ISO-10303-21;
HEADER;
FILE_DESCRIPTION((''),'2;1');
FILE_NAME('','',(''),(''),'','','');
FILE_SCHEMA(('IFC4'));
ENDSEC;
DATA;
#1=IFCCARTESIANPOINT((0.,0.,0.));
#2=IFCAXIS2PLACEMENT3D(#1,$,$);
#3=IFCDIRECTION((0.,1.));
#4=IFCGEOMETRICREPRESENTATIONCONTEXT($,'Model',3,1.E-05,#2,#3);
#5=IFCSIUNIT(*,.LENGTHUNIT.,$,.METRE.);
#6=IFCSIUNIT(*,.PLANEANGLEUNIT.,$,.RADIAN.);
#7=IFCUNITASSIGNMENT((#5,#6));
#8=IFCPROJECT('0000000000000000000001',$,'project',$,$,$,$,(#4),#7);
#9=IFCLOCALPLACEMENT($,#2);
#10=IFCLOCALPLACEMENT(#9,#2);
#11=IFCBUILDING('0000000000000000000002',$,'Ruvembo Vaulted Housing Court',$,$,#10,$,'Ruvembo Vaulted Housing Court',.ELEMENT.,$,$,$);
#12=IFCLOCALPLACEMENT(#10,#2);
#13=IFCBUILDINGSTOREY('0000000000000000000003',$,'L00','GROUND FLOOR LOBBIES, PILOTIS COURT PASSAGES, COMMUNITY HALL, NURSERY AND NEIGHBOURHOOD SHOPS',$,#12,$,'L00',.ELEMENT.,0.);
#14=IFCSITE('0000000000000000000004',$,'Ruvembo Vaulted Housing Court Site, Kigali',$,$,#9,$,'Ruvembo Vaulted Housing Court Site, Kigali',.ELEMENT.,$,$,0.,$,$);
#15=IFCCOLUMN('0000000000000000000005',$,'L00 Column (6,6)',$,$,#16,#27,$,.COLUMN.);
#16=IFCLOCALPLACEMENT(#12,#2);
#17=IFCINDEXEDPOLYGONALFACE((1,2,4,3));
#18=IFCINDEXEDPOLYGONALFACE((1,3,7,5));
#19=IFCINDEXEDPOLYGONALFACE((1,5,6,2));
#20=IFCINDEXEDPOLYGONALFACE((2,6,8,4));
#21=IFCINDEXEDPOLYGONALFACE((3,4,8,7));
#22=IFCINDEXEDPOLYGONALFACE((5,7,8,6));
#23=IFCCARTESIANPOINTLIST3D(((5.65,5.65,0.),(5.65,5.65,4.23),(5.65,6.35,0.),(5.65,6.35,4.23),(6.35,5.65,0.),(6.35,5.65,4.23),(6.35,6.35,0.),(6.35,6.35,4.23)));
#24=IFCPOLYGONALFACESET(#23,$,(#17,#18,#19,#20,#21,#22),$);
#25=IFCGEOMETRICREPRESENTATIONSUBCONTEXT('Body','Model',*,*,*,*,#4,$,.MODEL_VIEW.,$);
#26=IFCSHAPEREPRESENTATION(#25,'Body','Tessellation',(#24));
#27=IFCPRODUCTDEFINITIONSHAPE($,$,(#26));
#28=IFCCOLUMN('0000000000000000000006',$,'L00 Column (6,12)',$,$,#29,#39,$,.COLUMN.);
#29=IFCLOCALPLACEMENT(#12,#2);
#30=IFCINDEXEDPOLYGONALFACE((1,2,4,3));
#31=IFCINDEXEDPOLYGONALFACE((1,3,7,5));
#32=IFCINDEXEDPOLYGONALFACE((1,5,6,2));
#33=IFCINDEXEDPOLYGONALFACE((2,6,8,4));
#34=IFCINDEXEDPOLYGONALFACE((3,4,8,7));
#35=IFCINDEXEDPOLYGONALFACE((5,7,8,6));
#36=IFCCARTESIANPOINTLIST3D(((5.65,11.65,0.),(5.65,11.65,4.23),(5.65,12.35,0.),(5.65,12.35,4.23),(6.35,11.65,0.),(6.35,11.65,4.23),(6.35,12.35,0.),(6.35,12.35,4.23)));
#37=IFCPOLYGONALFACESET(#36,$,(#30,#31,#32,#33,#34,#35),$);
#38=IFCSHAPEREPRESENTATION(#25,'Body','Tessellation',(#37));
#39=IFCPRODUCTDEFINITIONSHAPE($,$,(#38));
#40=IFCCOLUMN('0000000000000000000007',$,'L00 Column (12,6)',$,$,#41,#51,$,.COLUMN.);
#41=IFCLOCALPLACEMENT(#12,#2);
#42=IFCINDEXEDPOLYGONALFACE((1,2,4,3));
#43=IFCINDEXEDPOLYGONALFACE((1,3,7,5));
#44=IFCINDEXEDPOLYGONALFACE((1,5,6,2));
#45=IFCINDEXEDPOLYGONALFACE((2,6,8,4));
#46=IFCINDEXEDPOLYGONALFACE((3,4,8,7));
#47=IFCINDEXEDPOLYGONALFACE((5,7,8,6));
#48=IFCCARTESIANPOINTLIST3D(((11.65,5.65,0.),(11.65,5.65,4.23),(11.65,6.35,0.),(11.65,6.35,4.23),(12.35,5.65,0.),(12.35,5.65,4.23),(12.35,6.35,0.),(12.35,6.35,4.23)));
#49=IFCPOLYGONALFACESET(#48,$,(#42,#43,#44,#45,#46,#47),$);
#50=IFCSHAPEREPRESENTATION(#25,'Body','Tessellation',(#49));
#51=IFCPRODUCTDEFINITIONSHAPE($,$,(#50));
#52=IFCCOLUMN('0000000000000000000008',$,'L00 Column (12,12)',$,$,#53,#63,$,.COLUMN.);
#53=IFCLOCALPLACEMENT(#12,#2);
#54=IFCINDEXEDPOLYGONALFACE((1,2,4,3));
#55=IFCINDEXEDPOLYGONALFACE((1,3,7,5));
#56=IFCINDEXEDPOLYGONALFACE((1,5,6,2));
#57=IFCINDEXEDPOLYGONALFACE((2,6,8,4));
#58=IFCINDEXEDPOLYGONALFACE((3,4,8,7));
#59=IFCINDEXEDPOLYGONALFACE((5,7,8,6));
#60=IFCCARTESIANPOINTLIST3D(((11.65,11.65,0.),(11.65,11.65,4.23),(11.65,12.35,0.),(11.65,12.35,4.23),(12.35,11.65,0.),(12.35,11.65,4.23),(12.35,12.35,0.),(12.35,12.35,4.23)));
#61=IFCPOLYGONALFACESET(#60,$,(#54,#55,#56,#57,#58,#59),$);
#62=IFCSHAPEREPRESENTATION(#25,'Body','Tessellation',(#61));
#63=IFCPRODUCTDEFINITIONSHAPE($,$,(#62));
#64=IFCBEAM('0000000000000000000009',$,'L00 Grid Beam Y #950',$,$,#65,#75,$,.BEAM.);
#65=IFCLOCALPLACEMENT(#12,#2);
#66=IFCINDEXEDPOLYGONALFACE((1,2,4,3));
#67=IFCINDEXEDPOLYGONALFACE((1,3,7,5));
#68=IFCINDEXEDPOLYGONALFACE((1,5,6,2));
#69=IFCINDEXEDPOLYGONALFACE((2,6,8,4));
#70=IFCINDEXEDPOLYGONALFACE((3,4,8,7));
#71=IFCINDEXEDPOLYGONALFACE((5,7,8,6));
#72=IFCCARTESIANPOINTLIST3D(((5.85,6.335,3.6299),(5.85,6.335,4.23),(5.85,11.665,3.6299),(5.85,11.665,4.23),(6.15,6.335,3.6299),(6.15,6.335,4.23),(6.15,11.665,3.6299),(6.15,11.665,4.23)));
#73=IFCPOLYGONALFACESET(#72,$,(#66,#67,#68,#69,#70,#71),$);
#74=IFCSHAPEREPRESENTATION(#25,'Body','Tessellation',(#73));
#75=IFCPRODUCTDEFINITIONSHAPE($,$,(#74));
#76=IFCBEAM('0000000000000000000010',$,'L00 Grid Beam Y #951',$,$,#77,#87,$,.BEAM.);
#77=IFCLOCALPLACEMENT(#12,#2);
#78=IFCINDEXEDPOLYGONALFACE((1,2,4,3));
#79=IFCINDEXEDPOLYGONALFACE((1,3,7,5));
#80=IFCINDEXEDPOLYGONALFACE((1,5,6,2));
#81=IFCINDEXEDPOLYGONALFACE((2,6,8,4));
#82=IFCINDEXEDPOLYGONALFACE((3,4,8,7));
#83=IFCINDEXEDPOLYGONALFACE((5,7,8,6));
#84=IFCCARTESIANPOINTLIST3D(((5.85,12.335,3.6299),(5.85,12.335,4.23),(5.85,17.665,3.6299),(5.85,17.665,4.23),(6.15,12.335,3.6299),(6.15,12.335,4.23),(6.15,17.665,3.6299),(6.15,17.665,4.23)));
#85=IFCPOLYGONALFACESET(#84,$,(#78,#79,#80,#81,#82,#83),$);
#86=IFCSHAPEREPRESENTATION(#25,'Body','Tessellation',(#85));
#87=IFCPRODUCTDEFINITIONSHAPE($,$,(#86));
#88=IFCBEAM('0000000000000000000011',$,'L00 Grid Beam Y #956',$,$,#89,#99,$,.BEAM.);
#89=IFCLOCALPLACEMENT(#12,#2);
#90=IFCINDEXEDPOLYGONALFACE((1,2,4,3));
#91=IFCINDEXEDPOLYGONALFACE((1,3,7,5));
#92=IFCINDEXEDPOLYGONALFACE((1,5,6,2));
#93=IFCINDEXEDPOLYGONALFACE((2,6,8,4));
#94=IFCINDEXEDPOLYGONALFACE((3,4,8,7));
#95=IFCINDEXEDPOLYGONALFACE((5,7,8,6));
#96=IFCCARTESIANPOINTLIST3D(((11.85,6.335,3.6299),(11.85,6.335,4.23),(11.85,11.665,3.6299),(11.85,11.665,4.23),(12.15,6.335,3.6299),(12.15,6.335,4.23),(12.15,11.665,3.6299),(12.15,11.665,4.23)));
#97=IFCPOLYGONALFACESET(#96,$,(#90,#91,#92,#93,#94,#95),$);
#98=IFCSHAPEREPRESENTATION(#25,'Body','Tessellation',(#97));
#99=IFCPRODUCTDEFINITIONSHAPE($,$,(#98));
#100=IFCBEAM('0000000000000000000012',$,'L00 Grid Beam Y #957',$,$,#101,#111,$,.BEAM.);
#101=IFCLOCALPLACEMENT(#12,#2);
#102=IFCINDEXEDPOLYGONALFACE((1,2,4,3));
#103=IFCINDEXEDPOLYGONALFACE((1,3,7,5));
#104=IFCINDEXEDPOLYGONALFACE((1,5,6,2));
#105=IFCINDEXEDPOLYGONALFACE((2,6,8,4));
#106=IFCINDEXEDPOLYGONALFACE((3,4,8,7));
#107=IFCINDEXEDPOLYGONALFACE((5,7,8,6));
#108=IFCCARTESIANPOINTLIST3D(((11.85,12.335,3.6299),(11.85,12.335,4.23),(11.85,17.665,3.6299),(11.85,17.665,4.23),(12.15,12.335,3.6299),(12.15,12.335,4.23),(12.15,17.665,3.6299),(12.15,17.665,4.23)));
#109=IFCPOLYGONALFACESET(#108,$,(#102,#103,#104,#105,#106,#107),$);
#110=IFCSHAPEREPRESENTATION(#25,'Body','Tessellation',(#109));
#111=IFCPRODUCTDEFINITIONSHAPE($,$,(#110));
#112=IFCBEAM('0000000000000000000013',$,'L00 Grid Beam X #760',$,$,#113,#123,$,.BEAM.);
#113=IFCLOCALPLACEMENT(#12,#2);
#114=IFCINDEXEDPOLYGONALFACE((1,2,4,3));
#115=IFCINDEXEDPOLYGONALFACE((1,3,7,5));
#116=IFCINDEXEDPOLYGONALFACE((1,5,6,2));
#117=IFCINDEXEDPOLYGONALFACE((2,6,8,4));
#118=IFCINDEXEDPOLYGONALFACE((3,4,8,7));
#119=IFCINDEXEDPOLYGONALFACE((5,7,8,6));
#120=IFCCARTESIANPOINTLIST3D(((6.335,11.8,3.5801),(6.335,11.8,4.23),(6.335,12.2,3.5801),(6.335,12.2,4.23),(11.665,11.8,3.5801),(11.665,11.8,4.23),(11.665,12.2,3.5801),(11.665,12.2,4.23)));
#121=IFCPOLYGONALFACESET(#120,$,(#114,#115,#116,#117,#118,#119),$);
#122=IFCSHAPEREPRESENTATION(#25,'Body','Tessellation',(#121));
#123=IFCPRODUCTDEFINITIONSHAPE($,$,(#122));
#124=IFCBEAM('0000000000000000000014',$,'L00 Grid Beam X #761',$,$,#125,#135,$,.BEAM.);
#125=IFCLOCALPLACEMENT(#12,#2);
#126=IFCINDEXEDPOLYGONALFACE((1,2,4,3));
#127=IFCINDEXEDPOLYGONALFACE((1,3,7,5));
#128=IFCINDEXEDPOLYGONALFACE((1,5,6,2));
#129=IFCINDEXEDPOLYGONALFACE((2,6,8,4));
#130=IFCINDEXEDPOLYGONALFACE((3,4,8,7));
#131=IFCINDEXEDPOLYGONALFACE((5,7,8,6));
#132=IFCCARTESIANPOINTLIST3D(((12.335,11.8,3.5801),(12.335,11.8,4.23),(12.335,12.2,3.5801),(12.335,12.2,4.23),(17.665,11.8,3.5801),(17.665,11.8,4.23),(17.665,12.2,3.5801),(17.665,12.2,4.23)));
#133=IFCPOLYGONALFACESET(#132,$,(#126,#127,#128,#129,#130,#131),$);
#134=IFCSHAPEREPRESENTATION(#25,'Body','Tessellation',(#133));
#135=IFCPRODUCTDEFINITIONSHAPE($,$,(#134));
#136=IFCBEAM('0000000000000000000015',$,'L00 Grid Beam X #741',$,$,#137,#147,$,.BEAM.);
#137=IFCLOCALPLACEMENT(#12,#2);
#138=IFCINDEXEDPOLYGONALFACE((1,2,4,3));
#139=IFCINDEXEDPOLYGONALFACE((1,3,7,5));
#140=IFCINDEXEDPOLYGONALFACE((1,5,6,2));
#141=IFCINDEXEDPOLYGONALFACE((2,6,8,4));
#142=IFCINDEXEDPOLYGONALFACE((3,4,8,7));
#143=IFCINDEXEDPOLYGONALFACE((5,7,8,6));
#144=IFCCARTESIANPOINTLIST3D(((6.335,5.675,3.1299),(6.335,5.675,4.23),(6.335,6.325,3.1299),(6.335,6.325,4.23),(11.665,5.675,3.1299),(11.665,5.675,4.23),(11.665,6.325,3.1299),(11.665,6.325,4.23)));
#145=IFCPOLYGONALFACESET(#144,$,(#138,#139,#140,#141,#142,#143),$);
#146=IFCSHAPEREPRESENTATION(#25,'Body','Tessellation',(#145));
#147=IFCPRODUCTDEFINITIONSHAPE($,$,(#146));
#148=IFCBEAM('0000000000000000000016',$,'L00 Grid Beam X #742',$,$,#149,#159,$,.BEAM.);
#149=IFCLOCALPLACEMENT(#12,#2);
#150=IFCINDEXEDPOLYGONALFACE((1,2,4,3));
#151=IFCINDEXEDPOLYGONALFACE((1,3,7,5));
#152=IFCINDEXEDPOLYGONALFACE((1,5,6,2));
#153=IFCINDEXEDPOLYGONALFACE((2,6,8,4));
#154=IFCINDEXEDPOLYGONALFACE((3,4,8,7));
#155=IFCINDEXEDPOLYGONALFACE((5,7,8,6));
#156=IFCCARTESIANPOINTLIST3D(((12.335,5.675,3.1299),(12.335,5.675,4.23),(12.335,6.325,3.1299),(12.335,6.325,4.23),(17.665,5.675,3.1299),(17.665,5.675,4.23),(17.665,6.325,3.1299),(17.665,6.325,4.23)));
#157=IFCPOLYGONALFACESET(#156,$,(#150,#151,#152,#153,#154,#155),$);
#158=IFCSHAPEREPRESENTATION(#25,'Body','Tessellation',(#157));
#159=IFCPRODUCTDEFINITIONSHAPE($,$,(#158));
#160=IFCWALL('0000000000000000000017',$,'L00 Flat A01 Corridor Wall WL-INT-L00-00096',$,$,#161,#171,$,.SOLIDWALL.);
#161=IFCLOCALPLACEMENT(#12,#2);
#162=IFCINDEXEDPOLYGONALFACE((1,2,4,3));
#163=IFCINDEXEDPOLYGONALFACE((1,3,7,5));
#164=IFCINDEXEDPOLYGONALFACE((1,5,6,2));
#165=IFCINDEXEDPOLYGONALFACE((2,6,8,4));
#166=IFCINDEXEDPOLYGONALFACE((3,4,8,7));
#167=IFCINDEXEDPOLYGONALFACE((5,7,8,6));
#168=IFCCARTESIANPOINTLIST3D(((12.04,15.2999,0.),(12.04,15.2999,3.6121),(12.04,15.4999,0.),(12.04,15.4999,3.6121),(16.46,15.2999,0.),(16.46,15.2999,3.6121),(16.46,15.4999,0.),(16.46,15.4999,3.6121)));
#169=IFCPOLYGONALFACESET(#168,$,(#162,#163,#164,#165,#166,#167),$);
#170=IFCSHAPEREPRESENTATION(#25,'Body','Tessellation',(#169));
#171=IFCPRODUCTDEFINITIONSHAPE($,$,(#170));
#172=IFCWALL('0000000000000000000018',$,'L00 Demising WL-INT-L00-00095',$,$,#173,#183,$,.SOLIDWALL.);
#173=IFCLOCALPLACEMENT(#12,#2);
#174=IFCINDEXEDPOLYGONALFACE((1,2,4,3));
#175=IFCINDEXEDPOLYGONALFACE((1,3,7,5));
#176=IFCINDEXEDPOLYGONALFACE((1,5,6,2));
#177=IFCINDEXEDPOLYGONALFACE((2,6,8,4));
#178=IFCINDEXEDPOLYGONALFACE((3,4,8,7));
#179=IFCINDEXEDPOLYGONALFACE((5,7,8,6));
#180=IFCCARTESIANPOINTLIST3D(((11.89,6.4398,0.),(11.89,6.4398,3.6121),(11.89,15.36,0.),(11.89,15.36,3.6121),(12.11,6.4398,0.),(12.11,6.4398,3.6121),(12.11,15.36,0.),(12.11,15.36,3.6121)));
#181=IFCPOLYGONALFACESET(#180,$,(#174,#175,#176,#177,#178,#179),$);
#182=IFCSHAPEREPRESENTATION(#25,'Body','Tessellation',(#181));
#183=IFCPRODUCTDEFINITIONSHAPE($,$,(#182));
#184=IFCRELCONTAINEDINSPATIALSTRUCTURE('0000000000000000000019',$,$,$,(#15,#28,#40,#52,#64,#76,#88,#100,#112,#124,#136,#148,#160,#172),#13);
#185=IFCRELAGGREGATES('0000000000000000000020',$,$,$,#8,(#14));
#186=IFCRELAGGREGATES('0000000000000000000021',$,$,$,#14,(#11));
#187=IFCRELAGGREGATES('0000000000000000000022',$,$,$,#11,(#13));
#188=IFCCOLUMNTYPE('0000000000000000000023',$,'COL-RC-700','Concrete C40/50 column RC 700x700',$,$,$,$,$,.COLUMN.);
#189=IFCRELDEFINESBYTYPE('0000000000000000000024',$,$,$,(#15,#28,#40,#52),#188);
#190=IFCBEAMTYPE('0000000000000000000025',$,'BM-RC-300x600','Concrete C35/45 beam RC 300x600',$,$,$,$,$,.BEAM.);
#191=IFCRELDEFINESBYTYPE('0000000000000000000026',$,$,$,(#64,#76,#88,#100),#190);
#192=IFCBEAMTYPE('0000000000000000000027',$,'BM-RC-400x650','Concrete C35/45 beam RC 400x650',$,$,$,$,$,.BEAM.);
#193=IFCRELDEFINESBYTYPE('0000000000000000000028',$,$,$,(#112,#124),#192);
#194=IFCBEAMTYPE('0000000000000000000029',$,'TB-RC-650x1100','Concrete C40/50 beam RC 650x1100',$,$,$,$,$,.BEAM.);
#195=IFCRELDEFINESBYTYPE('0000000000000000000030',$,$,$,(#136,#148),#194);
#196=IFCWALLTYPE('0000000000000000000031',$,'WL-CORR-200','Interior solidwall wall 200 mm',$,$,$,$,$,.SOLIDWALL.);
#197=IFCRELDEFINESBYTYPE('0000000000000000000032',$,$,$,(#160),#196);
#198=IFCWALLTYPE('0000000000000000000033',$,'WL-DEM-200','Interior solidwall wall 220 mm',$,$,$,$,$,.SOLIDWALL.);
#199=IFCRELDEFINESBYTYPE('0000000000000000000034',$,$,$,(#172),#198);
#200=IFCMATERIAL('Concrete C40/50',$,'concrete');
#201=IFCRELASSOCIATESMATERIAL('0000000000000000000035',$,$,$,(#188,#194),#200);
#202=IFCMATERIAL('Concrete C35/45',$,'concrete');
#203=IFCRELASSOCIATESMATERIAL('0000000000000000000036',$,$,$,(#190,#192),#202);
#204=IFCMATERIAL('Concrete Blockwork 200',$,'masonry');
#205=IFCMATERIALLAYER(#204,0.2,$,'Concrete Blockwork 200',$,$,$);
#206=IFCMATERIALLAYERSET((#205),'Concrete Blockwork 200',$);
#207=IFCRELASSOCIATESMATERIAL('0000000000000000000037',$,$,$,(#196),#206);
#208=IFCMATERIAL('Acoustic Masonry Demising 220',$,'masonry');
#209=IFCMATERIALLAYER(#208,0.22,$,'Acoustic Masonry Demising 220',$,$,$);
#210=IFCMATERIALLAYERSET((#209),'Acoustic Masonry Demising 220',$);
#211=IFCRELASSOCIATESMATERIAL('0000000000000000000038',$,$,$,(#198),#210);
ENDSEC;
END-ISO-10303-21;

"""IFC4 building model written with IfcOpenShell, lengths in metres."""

from ifc_helpers import new_model, si_unit, direction, frame, frame_2d, origin, origin_2d, place, context, subcontext, project, spatial, rectangle, extrude, material, layer, layer_set, material_profile, profile_set, type_object, element, save


model = new_model("IFC4")

# Units and contexts
model_context = context("Model", 3, precision=1e-05, world=origin(), true_north=direction((0.0, 1.0)))
body_context = subcontext(model_context, "Body", "Model", "MODEL_VIEW")
ifc_project = project(units=[si_unit("LENGTHUNIT", "METRE"), si_unit("PLANEANGLEUNIT", "RADIAN")], contexts=[model_context])

# Site, building, storey
site_placement = place(None, origin())
site = spatial("IfcSite", under=ifc_project, at=site_placement, Name="Ruvembo Vaulted Housing Court Site, Kigali", LongName="Ruvembo Vaulted Housing Court Site, Kigali", CompositionType="ELEMENT", RefElevation=0.0)
building_placement = place(site_placement, origin())
building = spatial("IfcBuilding", under=site, at=building_placement, Name="Ruvembo Vaulted Housing Court", LongName="Ruvembo Vaulted Housing Court", CompositionType="ELEMENT")
storey_placement = place(building_placement, origin())
storey = spatial("IfcBuildingStorey", under=building, at=storey_placement, Name="L00", Description="GROUND FLOOR LOBBIES, PILOTIS COURT PASSAGES, COMMUNITY HALL, NURSERY AND NEIGHBOURHOOD SHOPS", LongName="L00", CompositionType="ELEMENT", Elevation=0.0)

# Columns
ifc_material_1 = material(Name="Concrete C40/50", Category="concrete")
ifc_material_profile_1 = material_profile(ifc_material_1, rectangle(XDim=0.7, YDim=0.7, at=origin_2d()), Name="RC 700x700")
ifc_profile_set_1 = profile_set([ifc_material_profile_1], Name="Concrete C40/50")
column_type = type_object("IfcColumnType", Name="COL-RC-700", Description="Concrete C40/50 column RC 700x700", PredefinedType="COLUMN", material=ifc_profile_set_1)
for number, where, z_axis, x_axis, name in (
    (1, (6.0, 6.0, 0.0), (0.0, 0.0, 1.0), (1.0, 0.0, 0.0), "L00 Column (6,6)"),
    (2, (6.0, 12.0, 0.0), (0.0, 0.0, 1.0), (1.0, 0.0, 0.0), "L00 Column (6,12)"),
    (3, (12.0, 6.0, 0.0), (0.0, 0.0, 1.0), (1.0, 0.0, 0.0), "L00 Column (12,6)"),
    (4, (12.0, 12.0, 0.0), (0.0, 0.0, 1.0), (1.0, 0.0, 0.0), "L00 Column (12,12)"),
):
    element("IfcColumn", number, at=place(storey_placement, frame(where, z_axis=z_axis, x_axis=x_axis)), inside=storey, type_object=column_type, Name=name, PredefinedType="COLUMN", context=body_context, shape_type="SweptSolid", body=[
        extrude(rectangle(XDim=0.7, YDim=0.7, at=origin_2d()), origin(), (0.0, 0.0, 1.0), 4.23),
    ])

# Beams
ifc_material_2 = material(Name="Concrete C35/45", Category="concrete")
ifc_material_profile_2 = material_profile(ifc_material_2, rectangle(XDim=0.3, YDim=0.6001, at=origin_2d()), Name="RC 300x600")
ifc_profile_set_2 = profile_set([ifc_material_profile_2], Name="Concrete C35/45")
beam_type_1 = type_object("IfcBeamType", Name="BM-RC-300x600", Description="Concrete C35/45 beam RC 300x600", PredefinedType="BEAM", material=ifc_profile_set_2)
for number, where, z_axis, x_axis, name in (
    (5, (6.0, 6.335, 3.9299), (0.0, 1.0, 0.0), (-1.0, 0.0, 0.0), "L00 Grid Beam Y #950"),
    (6, (6.0, 12.335, 3.9299), (0.0, 1.0, 0.0), (-1.0, 0.0, 0.0), "L00 Grid Beam Y #951"),
    (7, (12.0, 6.335, 3.9299), (0.0, 1.0, 0.0), (-1.0, 0.0, 0.0), "L00 Grid Beam Y #956"),
    (8, (12.0, 12.335, 3.9299), (0.0, 1.0, 0.0), (-1.0, 0.0, 0.0), "L00 Grid Beam Y #957"),
):
    element("IfcBeam", number, at=place(storey_placement, frame(where, z_axis=z_axis, x_axis=x_axis)), inside=storey, type_object=beam_type_1, Name=name, PredefinedType="BEAM", context=body_context, shape_type="SweptSolid", body=[
        extrude(rectangle(XDim=0.3, YDim=0.6001, at=origin_2d()), origin(), (0.0, 0.0, 1.0), 5.3301),
    ])
ifc_material_profile_3 = material_profile(ifc_material_2, rectangle(XDim=0.3999, YDim=0.6499, at=origin_2d()), Name="RC 400x650")
ifc_profile_set_3 = profile_set([ifc_material_profile_3], Name="Concrete C35/45")
beam_type_2 = type_object("IfcBeamType", Name="BM-RC-400x650", Description="Concrete C35/45 beam RC 400x650", PredefinedType="BEAM", material=ifc_profile_set_3)
for number, where, z_axis, x_axis, name in (
    (9, (6.335, 12.0, 3.905), (1.0, 0.0, 0.0), (0.0, 1.0, 0.0), "L00 Grid Beam X #760"),
    (10, (12.335, 12.0, 3.905), (1.0, 0.0, 0.0), (0.0, 1.0, 0.0), "L00 Grid Beam X #761"),
):
    element("IfcBeam", number, at=place(storey_placement, frame(where, z_axis=z_axis, x_axis=x_axis)), inside=storey, type_object=beam_type_2, Name=name, PredefinedType="BEAM", context=body_context, shape_type="SweptSolid", body=[
        extrude(rectangle(XDim=0.3999, YDim=0.6499, at=origin_2d()), origin(), (0.0, 0.0, 1.0), 5.3301),
    ])
ifc_material_profile_4 = material_profile(ifc_material_1, rectangle(XDim=0.6499, YDim=1.1001, at=origin_2d()), Name="RC 650x1100")
ifc_profile_set_4 = profile_set([ifc_material_profile_4], Name="Concrete C40/50")
beam_type_3 = type_object("IfcBeamType", Name="TB-RC-650x1100", Description="Concrete C40/50 beam RC 650x1100", PredefinedType="BEAM", material=ifc_profile_set_4)
for number, where, z_axis, x_axis, name in (
    (11, (6.335, 6.0, 3.6799), (1.0, 0.0, 0.0), (0.0, 1.0, 0.0), "L00 Grid Beam X #741"),
    (12, (12.335, 6.0, 3.6799), (1.0, 0.0, 0.0), (0.0, 1.0, 0.0), "L00 Grid Beam X #742"),
):
    element("IfcBeam", number, at=place(storey_placement, frame(where, z_axis=z_axis, x_axis=x_axis)), inside=storey, type_object=beam_type_3, Name=name, PredefinedType="BEAM", context=body_context, shape_type="SweptSolid", body=[
        extrude(rectangle(XDim=0.6499, YDim=1.1001, at=origin_2d()), origin(), (0.0, 0.0, 1.0), 5.3301),
    ])

# Walls
ifc_material_3 = material(Name="Concrete Blockwork 200", Category="masonry")
ifc_layer_1 = layer(ifc_material_3, 0.2, Name="Concrete Blockwork 200")
ifc_layer_set_1 = layer_set([ifc_layer_1], Name="Concrete Blockwork 200")
wall_type_1 = type_object("IfcWallType", Name="WL-CORR-200", Description="Interior solidwall wall 200 mm", PredefinedType="SOLIDWALL", material=ifc_layer_set_1)
wall_1_placement = place(storey_placement, frame((12.04, 15.3999, 0.0), z_axis=(0.0, 0.0, 1.0), x_axis=(1.0, 0.0, 0.0)))
element("IfcWall", 13, at=wall_1_placement, inside=storey, type_object=wall_type_1, Name="L00 Flat A01 Corridor Wall WL-INT-L00-00096", PredefinedType="SOLIDWALL", context=body_context, shape_type="SweptSolid", body=[
    extrude(rectangle(XDim=4.4199, YDim=0.2, at=frame_2d((2.21, 0.0))), origin(), (0.0, 0.0, 1.0), 3.6121),
])
ifc_material_4 = material(Name="Acoustic Masonry Demising 220", Category="masonry")
ifc_layer_2 = layer(ifc_material_4, 0.22, Name="Acoustic Masonry Demising 220")
ifc_layer_set_2 = layer_set([ifc_layer_2], Name="Acoustic Masonry Demising 220")
wall_type_2 = type_object("IfcWallType", Name="WL-DEM-200", Description="Interior solidwall wall 220 mm", PredefinedType="SOLIDWALL", material=ifc_layer_set_2)
wall_2_placement = place(storey_placement, frame((12.0, 6.4399, 0.0), z_axis=(0.0, 0.0, 1.0), x_axis=(0.0, 1.0, 0.0)))
element("IfcWall", 14, at=wall_2_placement, inside=storey, type_object=wall_type_2, Name="L00 Demising WL-INT-L00-00095", PredefinedType="SOLIDWALL", context=body_context, shape_type="SweptSolid", body=[
    extrude(rectangle(XDim=8.9202, YDim=0.22, at=frame_2d((4.46, 0.0))), origin(), (0.0, 0.0, 1.0), 3.6121),
])

save(model, "model.ifc")
